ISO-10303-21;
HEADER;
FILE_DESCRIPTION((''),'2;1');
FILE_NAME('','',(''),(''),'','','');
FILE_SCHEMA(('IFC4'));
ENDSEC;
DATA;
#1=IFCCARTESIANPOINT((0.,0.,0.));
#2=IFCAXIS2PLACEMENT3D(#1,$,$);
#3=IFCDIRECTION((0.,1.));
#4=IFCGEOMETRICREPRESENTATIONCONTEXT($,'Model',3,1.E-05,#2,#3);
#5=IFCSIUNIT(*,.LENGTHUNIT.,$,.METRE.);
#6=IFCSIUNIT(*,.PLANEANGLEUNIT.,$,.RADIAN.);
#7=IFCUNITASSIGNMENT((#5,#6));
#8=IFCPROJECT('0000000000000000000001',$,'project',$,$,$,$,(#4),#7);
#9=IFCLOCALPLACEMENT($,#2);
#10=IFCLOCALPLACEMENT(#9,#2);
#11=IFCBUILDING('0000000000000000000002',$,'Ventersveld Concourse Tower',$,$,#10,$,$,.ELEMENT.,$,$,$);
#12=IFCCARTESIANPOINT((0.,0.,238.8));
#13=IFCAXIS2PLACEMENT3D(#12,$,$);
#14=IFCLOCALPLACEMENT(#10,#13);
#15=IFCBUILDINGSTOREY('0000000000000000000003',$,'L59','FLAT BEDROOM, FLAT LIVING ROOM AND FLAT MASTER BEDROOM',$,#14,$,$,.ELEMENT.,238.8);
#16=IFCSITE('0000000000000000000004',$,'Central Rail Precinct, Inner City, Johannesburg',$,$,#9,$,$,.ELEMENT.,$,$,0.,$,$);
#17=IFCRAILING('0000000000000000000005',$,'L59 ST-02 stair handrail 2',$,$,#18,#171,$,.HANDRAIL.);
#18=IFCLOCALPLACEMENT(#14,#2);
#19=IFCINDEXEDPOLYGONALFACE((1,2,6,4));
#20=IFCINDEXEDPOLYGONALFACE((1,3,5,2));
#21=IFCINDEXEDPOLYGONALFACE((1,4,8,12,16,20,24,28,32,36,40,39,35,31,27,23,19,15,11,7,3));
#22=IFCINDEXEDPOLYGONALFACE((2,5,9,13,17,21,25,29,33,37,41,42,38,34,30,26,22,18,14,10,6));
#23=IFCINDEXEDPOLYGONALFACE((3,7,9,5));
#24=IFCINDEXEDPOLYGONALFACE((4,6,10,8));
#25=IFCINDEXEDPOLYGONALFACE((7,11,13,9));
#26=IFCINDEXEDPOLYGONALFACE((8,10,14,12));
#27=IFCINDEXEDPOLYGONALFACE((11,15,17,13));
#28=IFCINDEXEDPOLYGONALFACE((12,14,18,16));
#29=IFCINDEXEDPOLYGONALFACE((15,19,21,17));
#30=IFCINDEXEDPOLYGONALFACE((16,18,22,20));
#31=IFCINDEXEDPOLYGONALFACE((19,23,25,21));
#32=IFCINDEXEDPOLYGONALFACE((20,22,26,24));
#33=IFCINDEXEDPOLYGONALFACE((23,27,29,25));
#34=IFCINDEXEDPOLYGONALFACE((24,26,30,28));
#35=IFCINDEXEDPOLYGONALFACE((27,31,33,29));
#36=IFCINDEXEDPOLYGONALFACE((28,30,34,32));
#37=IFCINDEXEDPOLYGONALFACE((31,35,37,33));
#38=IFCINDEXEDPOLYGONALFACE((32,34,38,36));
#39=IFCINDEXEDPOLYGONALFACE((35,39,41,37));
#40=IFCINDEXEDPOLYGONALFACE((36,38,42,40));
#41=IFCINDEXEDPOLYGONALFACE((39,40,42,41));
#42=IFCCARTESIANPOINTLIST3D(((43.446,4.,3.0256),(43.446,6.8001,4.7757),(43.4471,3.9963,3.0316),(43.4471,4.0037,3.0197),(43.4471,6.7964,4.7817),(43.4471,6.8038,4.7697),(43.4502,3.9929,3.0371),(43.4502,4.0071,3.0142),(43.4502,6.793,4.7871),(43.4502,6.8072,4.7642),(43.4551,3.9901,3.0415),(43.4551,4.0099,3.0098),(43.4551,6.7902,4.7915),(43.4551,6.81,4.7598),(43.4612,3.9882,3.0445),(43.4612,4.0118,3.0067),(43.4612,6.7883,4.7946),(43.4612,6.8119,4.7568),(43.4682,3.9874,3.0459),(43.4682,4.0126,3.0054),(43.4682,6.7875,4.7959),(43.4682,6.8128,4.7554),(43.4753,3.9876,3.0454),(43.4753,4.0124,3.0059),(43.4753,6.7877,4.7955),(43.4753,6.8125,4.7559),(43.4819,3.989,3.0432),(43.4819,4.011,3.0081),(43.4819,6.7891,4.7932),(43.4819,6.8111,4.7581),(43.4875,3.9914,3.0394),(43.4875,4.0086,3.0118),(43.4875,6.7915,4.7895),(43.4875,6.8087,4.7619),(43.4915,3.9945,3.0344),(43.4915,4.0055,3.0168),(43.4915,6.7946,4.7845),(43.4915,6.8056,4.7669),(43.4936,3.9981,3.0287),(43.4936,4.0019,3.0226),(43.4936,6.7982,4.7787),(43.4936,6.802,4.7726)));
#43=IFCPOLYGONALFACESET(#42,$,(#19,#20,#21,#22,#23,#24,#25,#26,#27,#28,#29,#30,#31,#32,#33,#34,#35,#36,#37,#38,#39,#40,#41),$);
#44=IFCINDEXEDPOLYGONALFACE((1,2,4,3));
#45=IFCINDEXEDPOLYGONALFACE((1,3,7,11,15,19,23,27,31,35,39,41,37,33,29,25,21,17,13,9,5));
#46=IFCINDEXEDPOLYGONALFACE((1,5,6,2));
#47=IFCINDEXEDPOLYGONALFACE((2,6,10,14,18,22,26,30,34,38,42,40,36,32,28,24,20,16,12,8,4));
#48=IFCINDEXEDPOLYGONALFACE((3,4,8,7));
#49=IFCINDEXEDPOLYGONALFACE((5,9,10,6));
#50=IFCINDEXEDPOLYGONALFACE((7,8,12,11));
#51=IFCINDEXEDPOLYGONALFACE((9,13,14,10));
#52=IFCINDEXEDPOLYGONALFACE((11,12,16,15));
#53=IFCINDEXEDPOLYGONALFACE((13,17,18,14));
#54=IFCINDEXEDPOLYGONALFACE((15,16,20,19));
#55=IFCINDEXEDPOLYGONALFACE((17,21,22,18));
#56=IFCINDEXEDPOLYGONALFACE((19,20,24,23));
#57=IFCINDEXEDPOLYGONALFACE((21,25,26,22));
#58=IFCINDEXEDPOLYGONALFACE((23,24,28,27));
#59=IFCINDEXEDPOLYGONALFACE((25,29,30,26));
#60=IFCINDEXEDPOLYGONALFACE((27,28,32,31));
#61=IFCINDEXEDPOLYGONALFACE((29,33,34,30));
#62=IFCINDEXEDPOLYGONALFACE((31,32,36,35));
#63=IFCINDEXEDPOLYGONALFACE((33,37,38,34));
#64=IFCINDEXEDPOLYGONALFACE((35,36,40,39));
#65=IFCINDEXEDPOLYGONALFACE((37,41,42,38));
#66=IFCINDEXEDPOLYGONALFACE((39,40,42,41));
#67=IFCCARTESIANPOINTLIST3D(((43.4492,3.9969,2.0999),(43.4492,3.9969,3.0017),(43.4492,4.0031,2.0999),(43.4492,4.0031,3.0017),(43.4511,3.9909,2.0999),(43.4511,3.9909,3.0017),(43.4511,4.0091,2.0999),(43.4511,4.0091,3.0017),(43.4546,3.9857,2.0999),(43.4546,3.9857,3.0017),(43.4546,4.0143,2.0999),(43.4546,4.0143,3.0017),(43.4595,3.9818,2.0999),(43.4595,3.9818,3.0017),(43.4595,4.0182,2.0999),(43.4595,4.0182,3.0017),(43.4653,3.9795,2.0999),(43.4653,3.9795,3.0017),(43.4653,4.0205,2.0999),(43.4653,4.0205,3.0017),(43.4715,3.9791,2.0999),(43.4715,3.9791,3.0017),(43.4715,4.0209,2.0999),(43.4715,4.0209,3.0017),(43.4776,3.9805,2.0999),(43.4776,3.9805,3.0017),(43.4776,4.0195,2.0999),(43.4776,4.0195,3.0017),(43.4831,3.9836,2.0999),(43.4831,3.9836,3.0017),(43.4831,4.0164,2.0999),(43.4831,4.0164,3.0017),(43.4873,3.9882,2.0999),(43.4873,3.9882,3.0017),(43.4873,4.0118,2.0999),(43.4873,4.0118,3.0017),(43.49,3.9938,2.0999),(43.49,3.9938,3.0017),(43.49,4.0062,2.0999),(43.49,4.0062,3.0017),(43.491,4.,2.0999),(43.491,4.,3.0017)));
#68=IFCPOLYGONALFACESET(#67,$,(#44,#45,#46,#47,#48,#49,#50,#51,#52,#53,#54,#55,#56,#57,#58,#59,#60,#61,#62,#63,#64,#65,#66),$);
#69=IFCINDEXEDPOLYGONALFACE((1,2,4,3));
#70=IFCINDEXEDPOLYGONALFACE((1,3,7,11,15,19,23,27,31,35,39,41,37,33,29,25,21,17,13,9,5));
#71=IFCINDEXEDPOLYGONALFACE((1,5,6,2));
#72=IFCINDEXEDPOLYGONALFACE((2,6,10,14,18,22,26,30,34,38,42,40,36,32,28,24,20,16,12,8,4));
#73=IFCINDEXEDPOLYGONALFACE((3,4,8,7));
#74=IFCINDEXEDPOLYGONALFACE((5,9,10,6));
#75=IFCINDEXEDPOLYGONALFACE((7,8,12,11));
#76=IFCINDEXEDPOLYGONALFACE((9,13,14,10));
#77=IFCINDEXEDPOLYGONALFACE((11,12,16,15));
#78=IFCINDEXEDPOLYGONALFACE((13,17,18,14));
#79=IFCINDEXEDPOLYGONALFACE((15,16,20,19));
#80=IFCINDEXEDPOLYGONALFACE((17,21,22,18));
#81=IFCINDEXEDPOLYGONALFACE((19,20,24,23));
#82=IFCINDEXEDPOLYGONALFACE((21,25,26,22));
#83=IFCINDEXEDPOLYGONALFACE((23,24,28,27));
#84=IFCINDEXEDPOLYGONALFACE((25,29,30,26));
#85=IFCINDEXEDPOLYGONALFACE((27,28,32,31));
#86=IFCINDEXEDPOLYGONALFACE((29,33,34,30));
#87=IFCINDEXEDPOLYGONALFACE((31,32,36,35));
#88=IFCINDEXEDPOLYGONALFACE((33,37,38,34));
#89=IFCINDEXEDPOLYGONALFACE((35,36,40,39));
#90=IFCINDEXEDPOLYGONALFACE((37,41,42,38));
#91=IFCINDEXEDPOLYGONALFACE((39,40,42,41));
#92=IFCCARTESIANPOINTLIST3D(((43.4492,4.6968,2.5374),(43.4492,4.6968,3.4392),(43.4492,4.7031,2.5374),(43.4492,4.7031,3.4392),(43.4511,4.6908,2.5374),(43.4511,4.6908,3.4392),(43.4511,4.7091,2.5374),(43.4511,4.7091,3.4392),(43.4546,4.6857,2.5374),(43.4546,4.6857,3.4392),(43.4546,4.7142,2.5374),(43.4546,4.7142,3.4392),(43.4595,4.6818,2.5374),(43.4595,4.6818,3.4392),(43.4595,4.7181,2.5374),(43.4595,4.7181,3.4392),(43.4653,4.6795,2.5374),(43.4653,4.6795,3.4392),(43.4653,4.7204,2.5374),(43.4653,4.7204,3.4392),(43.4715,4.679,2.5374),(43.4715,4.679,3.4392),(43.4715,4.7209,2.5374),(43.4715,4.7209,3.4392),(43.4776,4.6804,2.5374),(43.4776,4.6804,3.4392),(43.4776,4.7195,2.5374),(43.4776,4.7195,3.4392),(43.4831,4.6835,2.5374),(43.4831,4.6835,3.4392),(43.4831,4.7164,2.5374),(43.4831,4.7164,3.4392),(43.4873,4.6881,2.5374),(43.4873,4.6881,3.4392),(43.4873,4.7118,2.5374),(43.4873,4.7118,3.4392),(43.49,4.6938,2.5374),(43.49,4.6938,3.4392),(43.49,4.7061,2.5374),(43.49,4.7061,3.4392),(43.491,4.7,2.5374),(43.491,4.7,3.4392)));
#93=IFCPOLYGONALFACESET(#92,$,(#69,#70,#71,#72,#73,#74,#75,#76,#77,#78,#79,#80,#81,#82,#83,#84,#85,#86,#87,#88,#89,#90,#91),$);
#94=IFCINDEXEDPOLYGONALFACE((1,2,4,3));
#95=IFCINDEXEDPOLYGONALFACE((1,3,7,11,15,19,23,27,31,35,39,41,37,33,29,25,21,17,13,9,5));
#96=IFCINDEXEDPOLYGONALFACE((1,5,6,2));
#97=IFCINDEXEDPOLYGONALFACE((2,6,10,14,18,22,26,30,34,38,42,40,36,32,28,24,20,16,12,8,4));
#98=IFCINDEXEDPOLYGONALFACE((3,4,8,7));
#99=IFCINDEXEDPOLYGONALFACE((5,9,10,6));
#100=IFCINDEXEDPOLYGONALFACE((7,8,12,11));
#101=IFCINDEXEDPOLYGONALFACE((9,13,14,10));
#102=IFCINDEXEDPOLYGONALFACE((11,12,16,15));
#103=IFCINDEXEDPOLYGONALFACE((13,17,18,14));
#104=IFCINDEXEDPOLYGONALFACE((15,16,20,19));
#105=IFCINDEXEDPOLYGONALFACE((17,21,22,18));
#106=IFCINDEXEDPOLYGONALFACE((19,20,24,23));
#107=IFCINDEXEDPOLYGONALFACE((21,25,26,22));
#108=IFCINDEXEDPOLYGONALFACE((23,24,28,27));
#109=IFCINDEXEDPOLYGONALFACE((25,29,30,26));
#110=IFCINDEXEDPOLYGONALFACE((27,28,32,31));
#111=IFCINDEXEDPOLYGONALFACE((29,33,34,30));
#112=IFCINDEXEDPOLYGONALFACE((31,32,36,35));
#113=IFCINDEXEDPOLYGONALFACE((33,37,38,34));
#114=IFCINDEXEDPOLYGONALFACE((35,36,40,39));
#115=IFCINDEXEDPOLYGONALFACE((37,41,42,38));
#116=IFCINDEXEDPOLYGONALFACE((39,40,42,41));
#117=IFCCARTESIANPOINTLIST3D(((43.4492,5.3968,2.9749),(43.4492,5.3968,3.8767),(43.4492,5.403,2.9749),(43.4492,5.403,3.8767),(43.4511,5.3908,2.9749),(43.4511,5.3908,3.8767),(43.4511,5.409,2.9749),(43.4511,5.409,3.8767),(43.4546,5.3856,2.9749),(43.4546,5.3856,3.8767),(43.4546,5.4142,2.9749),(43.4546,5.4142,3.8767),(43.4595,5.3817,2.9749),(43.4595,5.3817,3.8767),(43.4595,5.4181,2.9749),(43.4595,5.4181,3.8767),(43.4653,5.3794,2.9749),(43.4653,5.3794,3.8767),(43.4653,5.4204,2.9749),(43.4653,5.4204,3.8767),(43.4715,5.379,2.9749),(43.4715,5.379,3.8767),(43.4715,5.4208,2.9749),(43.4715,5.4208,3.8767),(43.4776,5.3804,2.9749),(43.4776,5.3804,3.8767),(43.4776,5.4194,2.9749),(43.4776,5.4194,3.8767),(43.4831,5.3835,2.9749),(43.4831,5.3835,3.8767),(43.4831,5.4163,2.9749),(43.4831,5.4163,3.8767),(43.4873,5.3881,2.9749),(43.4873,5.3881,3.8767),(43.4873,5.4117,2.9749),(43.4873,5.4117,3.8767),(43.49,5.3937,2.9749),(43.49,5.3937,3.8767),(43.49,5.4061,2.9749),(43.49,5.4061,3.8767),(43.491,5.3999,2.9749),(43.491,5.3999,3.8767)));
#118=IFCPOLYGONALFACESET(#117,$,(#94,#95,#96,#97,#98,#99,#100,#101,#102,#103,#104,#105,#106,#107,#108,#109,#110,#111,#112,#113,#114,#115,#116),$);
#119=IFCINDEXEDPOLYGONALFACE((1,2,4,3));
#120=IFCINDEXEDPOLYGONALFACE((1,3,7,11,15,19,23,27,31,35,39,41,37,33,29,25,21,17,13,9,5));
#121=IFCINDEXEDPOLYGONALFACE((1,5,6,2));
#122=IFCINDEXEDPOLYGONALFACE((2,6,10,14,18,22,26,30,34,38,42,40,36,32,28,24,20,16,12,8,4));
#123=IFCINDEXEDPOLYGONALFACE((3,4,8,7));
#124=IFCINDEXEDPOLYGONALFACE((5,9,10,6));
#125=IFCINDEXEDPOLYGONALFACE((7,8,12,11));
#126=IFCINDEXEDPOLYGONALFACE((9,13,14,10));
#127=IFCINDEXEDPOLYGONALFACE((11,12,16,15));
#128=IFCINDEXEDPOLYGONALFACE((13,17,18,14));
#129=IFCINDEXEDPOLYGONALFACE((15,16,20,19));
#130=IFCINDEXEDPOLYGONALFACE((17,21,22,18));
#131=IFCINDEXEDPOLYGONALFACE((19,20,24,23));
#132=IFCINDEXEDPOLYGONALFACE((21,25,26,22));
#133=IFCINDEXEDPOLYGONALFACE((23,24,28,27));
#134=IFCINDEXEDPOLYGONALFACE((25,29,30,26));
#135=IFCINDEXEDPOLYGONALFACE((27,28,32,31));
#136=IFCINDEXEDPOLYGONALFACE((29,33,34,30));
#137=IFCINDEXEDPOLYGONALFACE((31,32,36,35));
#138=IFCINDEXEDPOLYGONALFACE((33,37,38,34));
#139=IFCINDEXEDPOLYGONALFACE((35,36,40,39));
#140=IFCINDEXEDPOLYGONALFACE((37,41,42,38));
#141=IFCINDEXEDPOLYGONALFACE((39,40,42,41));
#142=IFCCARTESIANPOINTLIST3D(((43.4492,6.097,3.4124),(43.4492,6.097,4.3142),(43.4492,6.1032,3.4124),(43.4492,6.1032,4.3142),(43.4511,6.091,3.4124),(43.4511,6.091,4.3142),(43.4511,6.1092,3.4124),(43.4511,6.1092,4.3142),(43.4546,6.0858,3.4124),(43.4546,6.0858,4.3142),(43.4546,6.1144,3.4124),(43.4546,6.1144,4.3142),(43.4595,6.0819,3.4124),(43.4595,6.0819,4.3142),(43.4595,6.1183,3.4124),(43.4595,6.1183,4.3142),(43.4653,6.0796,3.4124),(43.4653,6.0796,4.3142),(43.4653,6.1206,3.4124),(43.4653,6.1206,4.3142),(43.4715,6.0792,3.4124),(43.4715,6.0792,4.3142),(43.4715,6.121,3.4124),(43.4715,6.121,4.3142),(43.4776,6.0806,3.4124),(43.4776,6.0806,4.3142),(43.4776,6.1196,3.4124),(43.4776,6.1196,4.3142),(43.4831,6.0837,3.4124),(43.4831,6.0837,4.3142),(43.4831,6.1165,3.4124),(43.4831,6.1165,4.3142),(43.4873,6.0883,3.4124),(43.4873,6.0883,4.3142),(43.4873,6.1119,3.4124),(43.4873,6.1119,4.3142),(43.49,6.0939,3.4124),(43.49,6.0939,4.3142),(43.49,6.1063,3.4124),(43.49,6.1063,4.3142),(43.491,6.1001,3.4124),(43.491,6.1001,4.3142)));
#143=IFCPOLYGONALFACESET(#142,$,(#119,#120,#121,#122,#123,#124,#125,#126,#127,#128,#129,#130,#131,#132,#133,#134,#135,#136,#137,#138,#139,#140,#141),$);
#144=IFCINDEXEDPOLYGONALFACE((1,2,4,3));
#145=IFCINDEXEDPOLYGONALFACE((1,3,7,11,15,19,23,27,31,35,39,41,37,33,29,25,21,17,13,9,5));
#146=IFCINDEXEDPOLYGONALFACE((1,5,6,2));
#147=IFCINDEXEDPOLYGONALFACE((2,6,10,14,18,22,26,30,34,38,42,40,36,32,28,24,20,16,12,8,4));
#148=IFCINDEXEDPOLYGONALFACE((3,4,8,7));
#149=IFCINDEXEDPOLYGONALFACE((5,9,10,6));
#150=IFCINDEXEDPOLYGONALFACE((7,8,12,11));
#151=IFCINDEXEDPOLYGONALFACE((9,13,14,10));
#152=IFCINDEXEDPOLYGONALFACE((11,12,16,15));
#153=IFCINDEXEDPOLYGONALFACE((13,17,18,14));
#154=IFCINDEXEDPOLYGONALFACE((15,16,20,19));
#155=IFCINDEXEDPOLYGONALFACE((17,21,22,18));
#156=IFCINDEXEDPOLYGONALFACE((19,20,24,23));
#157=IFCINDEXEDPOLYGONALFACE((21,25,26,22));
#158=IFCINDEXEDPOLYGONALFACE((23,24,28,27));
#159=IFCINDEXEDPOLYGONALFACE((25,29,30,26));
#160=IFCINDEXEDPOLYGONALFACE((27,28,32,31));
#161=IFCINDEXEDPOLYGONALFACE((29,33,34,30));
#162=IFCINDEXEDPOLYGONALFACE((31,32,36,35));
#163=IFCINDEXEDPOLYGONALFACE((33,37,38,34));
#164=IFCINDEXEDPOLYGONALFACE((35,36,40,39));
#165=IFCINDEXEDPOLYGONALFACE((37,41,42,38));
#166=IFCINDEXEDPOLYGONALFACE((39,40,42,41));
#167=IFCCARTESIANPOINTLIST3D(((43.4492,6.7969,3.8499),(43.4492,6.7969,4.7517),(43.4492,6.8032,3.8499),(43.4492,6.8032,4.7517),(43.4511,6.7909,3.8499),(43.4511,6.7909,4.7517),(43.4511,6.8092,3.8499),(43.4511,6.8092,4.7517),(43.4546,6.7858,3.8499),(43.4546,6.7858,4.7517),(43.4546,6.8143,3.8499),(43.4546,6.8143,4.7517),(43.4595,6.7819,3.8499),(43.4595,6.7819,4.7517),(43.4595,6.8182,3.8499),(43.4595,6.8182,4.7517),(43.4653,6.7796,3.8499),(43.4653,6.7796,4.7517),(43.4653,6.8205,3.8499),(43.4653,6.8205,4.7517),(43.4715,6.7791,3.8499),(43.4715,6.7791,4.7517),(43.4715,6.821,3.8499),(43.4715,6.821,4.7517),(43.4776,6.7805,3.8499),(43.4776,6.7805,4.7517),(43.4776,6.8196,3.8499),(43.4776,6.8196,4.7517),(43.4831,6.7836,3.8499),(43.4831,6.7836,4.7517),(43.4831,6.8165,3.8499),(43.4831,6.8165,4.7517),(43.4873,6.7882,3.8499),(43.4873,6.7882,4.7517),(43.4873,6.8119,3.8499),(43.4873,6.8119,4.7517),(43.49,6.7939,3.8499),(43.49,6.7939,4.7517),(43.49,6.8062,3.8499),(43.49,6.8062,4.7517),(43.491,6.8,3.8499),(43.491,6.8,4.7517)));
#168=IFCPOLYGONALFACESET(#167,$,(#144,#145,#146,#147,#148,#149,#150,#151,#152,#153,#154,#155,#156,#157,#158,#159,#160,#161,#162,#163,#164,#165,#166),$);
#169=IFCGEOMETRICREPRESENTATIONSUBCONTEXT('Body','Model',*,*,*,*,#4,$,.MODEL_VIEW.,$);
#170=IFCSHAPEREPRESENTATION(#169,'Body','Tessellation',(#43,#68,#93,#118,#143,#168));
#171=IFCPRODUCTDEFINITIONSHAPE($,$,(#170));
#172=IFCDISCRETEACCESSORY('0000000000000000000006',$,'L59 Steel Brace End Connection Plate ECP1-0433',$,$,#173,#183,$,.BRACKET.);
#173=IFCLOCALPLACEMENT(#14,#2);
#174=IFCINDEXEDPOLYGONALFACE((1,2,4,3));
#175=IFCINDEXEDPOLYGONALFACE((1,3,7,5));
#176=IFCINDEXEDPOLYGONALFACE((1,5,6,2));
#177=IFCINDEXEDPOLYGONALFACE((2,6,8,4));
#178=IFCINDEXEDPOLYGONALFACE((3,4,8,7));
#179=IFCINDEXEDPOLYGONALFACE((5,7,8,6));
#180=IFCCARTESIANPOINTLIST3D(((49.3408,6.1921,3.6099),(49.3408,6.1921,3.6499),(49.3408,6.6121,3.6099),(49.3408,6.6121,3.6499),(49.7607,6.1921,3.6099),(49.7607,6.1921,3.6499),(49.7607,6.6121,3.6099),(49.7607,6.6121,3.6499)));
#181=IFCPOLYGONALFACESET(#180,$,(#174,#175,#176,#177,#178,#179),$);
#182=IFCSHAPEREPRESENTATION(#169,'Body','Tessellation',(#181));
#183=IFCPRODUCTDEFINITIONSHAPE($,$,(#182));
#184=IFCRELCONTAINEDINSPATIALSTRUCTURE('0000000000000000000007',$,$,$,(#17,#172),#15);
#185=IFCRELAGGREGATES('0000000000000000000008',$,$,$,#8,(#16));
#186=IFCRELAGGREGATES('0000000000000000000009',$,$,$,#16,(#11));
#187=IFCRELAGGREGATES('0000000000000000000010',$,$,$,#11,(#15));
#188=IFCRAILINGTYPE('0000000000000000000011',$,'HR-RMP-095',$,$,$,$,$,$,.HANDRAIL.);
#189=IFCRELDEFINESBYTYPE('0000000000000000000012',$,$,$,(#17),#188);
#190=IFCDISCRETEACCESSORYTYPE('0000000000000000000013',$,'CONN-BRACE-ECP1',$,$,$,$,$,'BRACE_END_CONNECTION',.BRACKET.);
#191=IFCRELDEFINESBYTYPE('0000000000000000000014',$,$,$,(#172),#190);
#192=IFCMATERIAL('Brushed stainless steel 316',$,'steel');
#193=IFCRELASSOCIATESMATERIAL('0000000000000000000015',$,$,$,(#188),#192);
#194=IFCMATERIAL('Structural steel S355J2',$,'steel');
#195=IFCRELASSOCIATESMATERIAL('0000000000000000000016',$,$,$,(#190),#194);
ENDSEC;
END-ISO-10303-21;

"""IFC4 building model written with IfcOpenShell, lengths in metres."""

from ifc_helpers import new_model, si_unit, direction, frame, origin, origin_2d, place, context, subcontext, project, spatial, rectangle, circle, extrude, material, type_object, element, save


model = new_model("IFC4")

# Units and contexts
model_context = context("Model", 3, precision=1e-05, world=origin(), true_north=direction((0.0, 1.0)))
body_context = subcontext(model_context, "Body", "Model", "MODEL_VIEW")
ifc_project = project(units=[si_unit("LENGTHUNIT", "METRE"), si_unit("PLANEANGLEUNIT", "RADIAN")], contexts=[model_context])

# Site, building, storey
site_placement = place(None, origin())
site = spatial("IfcSite", under=ifc_project, at=site_placement, Name="Central Rail Precinct, Inner City, Johannesburg", CompositionType="ELEMENT", RefElevation=0.0)
building_placement = place(site_placement, origin())
building = spatial("IfcBuilding", under=site, at=building_placement, Name="Ventersveld Concourse Tower", CompositionType="ELEMENT")
storey_placement = place(building_placement, frame((0.0, 0.0, 238.8)))
storey = spatial("IfcBuildingStorey", under=building, at=storey_placement, Name="L59", Description="FLAT BEDROOM, FLAT LIVING ROOM AND FLAT MASTER BEDROOM", CompositionType="ELEMENT", Elevation=238.8)

# Shared definitions
ifc_material_1 = material(Name="Structural steel S355J2", Category="steel")

# Railing
ifc_material_2 = material(Name="Brushed stainless steel 316", Category="steel")
railing_type_1 = type_object("IfcRailingType", Name="HR-RMP-095", PredefinedType="HANDRAIL", material=ifc_material_2)
railing_1_placement = place(storey_placement, frame((43.47, 4.0, 2.0999)))
element("IfcRailing", 1, at=railing_1_placement, inside=storey, type_object=railing_type_1, Name="L59 ST-02 stair handrail 2", PredefinedType="HANDRAIL", context=body_context, shape_type="SweptSolid", body=[
    extrude(circle(Radius=0.0239, at=origin_2d()), frame((0.0, 0.0, 0.9258), z_axis=(0.0, 0.848002, 0.529992), x_axis=(-1.0, 0.0, 0.0)), (0.0, 0.0, 1.0), 3.302),
    extrude(circle(Radius=0.021, at=origin_2d()), origin(), (0.0, 0.0, 1.0), 0.9019),
    extrude(circle(Radius=0.021, at=origin_2d()), frame((0.0, 0.7, 0.4375)), (0.0, 0.0, 1.0), 0.9019),
    extrude(circle(Radius=0.021, at=origin_2d()), frame((0.0, 1.3999, 0.875)), (0.0, 0.0, 1.0), 0.9019),
    extrude(circle(Radius=0.021, at=origin_2d()), frame((0.0, 2.1001, 1.3125)), (0.0, 0.0, 1.0), 0.9019),
    extrude(circle(Radius=0.021, at=origin_2d()), frame((0.0, 2.8, 1.75)), (0.0, 0.0, 1.0), 0.9019),
])

# Discrete accessory
discrete_accessory_type = type_object("IfcDiscreteAccessoryType", Name="CONN-BRACE-ECP1", ElementType="BRACE_END_CONNECTION", PredefinedType="BRACKET", material=ifc_material_1)
discrete_accessory_placement = place(storey_placement, frame((49.5508, 6.4021, 3.6099), z_axis=(0.0, 0.0, 1.0), x_axis=(1.0, 0.0, 0.0)))
element("IfcDiscreteAccessory", 2, at=discrete_accessory_placement, inside=storey, type_object=discrete_accessory_type, Name="L59 Steel Brace End Connection Plate ECP1-0433", PredefinedType="BRACKET", context=body_context, shape_type="SweptSolid", body=[
    extrude(rectangle(XDim=0.4199, YDim=0.4199, at=origin_2d()), origin(), (0.0, 0.0, 1.0), 0.04),
])

save(model, "model.ifc")
